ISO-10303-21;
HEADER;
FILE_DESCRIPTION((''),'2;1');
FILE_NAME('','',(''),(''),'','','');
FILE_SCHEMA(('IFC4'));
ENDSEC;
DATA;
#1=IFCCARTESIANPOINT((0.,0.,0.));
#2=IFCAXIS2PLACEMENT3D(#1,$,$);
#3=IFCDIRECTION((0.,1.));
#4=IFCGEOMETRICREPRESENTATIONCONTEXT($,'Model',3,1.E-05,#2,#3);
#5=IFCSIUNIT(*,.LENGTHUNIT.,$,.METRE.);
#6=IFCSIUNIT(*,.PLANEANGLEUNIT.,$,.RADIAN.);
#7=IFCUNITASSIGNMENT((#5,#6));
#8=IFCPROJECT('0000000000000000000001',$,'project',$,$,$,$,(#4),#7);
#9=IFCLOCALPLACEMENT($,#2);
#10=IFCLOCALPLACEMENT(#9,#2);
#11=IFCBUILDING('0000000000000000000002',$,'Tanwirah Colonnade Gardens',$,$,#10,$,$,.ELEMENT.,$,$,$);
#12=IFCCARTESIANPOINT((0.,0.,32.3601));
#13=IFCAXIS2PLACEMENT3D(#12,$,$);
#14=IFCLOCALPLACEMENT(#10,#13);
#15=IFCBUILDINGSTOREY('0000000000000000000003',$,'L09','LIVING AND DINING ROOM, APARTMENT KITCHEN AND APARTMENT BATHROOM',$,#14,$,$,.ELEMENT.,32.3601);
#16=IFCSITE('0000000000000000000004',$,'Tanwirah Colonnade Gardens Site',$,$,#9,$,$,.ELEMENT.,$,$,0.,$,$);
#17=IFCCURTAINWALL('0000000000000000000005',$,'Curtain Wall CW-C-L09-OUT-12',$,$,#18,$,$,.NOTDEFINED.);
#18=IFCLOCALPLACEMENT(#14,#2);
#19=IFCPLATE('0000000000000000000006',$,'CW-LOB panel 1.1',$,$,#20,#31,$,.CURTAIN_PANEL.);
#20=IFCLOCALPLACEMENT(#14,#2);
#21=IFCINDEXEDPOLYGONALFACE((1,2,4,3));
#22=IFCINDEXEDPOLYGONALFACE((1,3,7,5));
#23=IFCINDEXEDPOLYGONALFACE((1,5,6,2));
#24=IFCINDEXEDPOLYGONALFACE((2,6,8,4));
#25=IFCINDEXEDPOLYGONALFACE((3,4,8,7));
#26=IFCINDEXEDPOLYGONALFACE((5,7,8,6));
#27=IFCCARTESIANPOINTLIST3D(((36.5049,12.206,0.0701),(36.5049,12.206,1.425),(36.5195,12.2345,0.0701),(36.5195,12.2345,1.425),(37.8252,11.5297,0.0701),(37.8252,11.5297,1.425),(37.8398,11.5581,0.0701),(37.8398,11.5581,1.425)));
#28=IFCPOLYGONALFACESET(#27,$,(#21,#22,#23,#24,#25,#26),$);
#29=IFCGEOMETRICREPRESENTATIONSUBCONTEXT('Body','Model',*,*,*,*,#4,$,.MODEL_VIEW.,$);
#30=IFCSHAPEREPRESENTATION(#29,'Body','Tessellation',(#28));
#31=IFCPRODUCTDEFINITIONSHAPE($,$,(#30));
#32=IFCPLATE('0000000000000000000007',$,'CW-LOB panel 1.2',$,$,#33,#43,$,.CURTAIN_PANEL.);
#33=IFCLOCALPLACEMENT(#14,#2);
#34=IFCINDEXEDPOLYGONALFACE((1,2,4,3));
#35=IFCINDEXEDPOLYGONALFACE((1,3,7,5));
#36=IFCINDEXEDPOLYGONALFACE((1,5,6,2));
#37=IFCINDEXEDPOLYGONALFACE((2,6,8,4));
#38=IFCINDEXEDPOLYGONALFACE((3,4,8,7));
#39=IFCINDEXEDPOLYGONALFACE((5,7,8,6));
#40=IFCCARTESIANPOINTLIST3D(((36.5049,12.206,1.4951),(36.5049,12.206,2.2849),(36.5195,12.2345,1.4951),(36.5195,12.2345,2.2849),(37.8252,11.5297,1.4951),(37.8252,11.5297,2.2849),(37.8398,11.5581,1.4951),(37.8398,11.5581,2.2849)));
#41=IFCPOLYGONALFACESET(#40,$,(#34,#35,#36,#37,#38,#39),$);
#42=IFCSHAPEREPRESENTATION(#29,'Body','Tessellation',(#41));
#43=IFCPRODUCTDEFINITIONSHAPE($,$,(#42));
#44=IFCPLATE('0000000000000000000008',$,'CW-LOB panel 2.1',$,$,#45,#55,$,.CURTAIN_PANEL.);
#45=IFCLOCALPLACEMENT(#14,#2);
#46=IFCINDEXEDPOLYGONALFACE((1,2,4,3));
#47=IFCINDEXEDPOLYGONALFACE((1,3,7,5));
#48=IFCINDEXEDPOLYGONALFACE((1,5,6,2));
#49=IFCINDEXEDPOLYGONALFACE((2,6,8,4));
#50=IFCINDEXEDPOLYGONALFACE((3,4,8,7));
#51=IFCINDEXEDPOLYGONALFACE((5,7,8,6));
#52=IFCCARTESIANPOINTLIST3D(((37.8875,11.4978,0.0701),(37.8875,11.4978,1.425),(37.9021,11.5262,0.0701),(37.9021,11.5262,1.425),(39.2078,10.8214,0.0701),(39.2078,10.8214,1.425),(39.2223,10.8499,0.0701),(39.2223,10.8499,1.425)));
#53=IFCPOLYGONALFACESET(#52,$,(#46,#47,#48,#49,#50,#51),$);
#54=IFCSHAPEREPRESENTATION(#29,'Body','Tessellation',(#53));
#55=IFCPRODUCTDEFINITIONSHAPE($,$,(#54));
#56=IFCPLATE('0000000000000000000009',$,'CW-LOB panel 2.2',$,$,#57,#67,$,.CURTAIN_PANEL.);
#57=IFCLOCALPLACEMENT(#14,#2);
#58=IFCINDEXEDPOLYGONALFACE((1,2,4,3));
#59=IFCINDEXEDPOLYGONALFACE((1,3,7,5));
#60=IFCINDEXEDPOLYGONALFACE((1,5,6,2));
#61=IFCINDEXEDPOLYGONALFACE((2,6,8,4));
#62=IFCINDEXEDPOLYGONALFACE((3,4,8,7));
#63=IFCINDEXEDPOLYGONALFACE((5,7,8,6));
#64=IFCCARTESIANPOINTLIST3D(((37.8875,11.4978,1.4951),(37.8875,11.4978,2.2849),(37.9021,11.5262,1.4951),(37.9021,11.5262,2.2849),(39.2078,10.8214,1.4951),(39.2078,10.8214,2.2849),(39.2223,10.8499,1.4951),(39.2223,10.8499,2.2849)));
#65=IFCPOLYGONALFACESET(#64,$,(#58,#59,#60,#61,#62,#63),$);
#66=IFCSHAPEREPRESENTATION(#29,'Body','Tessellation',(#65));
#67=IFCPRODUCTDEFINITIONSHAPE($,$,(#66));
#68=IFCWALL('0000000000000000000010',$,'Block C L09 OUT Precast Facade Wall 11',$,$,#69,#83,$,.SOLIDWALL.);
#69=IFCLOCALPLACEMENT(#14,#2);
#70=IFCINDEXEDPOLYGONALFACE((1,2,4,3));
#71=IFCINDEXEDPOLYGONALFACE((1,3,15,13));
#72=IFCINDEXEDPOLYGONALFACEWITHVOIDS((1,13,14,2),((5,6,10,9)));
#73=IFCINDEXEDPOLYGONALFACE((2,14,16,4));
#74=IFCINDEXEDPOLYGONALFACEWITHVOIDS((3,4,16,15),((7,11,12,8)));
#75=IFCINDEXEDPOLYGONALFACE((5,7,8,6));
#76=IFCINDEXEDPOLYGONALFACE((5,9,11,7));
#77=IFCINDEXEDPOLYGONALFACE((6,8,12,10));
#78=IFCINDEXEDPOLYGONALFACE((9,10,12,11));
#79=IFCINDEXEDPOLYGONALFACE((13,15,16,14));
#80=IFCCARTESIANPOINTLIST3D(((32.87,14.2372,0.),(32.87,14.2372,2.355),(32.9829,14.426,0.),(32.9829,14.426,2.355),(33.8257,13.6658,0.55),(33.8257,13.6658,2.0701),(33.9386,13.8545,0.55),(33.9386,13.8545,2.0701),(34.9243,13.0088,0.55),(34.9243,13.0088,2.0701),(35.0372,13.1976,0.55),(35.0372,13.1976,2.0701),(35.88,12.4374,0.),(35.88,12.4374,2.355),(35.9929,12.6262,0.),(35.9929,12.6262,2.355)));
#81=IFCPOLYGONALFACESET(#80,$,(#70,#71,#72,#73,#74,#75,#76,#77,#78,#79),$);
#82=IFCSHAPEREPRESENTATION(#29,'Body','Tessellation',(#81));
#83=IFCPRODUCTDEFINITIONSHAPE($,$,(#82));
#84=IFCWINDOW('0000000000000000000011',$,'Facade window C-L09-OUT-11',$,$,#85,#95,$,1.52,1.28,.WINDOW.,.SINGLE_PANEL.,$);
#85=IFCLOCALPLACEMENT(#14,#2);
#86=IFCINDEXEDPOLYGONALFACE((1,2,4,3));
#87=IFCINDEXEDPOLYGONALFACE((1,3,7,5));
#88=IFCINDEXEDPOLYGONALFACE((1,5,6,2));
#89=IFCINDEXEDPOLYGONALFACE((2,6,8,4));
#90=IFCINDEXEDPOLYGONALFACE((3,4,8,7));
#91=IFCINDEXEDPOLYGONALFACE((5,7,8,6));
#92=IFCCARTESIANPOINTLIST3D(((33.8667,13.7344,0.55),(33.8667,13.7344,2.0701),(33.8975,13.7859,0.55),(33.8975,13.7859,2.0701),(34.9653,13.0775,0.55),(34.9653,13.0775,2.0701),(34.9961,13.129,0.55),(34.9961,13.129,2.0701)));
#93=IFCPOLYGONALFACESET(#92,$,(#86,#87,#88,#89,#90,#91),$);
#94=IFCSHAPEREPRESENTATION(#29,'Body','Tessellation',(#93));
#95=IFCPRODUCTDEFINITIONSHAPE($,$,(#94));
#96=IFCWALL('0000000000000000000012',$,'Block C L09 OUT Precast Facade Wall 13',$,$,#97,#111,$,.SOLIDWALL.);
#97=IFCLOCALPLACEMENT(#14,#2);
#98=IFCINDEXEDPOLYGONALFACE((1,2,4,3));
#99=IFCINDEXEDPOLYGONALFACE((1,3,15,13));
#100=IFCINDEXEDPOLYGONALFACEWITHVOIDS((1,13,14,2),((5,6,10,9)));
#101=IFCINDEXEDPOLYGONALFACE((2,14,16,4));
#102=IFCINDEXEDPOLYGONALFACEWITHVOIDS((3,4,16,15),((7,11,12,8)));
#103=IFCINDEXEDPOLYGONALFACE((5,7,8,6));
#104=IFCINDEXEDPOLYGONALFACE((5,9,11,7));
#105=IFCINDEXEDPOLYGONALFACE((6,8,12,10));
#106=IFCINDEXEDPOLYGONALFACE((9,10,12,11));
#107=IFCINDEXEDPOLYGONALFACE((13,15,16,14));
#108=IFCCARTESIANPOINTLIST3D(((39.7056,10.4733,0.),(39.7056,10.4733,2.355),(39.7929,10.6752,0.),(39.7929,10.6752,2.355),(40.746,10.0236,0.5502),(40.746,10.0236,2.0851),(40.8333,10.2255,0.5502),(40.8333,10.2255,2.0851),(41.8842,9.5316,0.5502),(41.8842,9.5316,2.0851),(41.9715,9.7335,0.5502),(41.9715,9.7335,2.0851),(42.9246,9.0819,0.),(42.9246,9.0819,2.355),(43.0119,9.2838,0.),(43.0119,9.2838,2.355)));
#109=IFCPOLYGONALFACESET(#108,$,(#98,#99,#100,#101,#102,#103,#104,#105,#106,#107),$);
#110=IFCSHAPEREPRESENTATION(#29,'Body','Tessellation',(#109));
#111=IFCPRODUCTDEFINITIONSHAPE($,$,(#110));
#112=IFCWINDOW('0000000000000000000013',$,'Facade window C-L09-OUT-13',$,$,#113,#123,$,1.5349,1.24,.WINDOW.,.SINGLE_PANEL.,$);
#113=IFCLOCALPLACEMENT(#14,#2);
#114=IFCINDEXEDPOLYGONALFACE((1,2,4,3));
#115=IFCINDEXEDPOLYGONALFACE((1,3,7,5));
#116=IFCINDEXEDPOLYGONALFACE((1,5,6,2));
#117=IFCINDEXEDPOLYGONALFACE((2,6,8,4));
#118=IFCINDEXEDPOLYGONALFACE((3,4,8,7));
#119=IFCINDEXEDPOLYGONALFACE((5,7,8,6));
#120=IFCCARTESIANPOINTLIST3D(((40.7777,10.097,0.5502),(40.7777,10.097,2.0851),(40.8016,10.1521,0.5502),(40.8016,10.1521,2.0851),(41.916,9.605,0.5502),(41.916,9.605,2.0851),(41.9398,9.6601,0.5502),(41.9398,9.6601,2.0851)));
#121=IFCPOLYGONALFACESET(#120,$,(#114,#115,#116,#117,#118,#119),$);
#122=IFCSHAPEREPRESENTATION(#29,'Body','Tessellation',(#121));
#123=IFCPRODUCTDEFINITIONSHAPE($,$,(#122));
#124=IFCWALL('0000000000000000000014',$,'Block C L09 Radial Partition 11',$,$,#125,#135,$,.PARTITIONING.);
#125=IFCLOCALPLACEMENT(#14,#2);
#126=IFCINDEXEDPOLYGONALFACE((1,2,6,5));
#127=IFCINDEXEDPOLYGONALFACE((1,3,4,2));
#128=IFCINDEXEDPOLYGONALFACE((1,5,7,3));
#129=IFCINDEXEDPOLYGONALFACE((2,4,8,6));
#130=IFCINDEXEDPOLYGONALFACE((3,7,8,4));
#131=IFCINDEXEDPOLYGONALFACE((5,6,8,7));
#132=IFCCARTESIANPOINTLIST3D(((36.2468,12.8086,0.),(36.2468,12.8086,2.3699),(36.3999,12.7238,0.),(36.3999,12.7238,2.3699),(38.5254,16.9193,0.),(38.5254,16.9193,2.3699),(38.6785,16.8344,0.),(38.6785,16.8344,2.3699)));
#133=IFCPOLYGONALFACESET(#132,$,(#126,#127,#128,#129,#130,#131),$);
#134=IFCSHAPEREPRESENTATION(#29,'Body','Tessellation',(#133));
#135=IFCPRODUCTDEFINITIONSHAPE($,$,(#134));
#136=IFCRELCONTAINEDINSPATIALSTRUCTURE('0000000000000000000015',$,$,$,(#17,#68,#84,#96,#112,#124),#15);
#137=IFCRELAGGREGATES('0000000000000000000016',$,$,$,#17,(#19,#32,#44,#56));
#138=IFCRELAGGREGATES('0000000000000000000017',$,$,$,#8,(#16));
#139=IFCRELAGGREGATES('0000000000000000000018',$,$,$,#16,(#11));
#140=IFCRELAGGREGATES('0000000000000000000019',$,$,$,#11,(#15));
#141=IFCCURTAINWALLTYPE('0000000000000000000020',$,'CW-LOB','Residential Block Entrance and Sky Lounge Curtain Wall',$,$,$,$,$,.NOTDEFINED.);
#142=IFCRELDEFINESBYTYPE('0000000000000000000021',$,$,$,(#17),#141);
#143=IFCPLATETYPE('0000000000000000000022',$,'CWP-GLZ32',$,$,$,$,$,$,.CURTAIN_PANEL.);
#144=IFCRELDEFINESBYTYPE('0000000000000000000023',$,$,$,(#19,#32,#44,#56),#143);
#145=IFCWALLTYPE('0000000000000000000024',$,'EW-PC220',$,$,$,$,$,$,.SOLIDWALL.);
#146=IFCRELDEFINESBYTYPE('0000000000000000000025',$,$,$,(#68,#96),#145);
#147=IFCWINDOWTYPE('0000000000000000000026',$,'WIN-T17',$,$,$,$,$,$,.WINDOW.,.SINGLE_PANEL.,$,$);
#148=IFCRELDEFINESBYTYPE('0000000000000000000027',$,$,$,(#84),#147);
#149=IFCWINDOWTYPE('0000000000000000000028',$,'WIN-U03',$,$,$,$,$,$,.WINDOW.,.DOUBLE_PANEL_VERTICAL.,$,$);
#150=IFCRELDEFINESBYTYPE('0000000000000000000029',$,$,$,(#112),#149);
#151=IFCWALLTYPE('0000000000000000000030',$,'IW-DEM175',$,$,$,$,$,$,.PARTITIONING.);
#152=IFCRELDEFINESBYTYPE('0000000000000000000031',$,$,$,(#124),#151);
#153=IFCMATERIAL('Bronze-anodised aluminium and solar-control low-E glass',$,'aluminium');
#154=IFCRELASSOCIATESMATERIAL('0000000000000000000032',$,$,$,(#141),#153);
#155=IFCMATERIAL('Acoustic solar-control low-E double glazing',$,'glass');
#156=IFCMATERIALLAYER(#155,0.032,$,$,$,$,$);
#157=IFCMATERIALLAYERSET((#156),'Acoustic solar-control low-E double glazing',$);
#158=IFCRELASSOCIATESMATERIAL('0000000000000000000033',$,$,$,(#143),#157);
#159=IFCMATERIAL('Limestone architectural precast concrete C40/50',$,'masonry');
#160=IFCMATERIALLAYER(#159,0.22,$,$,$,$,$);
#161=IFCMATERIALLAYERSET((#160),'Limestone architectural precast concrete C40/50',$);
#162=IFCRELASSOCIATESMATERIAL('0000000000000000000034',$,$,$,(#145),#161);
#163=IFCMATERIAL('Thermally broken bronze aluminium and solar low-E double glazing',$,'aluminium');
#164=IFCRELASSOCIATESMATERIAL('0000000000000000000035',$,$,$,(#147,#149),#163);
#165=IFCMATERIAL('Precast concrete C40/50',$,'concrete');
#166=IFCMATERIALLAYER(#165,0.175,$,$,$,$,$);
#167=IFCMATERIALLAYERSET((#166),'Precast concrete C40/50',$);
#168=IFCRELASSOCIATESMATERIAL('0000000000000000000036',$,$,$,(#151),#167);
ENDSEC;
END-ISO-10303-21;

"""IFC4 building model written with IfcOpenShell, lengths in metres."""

from ifc_helpers import new_model, si_unit, direction, frame, frame_2d, origin, origin_2d, place, context, subcontext, project, spatial, rectangle, extrude, material, layer, layer_set, type_object, element, fill, aggregate, save


model = new_model("IFC4")

# Units and contexts
model_context = context("Model", 3, precision=1e-05, world=origin(), true_north=direction((0.0, 1.0)))
body_context = subcontext(model_context, "Body", "Model", "MODEL_VIEW")
ifc_project = project(units=[si_unit("LENGTHUNIT", "METRE"), si_unit("PLANEANGLEUNIT", "RADIAN")], contexts=[model_context])

# Site, building, storey
site_placement = place(None, origin())
site = spatial("IfcSite", under=ifc_project, at=site_placement, Name="Tanwirah Colonnade Gardens Site", CompositionType="ELEMENT", RefElevation=0.0)
building_placement = place(site_placement, origin())
building = spatial("IfcBuilding", under=site, at=building_placement, Name="Tanwirah Colonnade Gardens", CompositionType="ELEMENT")
storey_placement = place(building_placement, frame((0.0, 0.0, 32.3601)))
storey = spatial("IfcBuildingStorey", under=building, at=storey_placement, Name="L09", Description="LIVING AND DINING ROOM, APARTMENT KITCHEN AND APARTMENT BATHROOM", CompositionType="ELEMENT", Elevation=32.3601)

# Shared definitions
ifc_material_1 = material(Name="Precast concrete C40/50", Category="concrete")

# Curtain wall
ifc_material_2 = material(Name="Bronze-anodised aluminium and solar-control low-E glass", Category="aluminium")
curtain_wall_type = type_object("IfcCurtainWallType", Name="CW-LOB", Description="Residential Block Entrance and Sky Lounge Curtain Wall", PredefinedType="NOTDEFINED", material=ifc_material_2)
curtain_wall_1_placement = place(storey_placement, origin())
curtain_wall_1 = element("IfcCurtainWall", 1, at=curtain_wall_1_placement, inside=storey, type_object=curtain_wall_type, Name="Curtain Wall CW-C-L09-OUT-12", PredefinedType="NOTDEFINED")

# Plates
ifc_material_3 = material(Name="Acoustic solar-control low-E double glazing", Category="glass")
ifc_layer_1 = layer(ifc_material_3, 0.032)
ifc_layer_set_1 = layer_set([ifc_layer_1], Name="Acoustic solar-control low-E double glazing")
plate_type = type_object("IfcPlateType", Name="CWP-GLZ32", PredefinedType="CURTAIN_PANEL", material=ifc_layer_set_1)
plate_1_placement = place(storey_placement, frame((37.1724, 11.8821, 0.0701), z_axis=(0.0, 0.0, 1.0), x_axis=(0.890014, -0.455933, 0.0)))
plate_1 = element("IfcPlate", 2, at=plate_1_placement, type_object=plate_type, Name="CW-LOB panel 1.1", PredefinedType="CURTAIN_PANEL", context=body_context, shape_type="SweptSolid", body=[
    extrude(rectangle(XDim=1.4834, YDim=0.032, at=origin_2d()), origin(), (0.0, 0.0, 1.0), 1.355),
])
plate_2_placement = place(storey_placement, frame((37.1724, 11.8821, 1.4951), z_axis=(0.0, 0.0, 1.0), x_axis=(0.890014, -0.455933, 0.0)))
plate_2 = element("IfcPlate", 3, at=plate_2_placement, type_object=plate_type, Name="CW-LOB panel 1.2", PredefinedType="CURTAIN_PANEL", context=body_context, shape_type="SweptSolid", body=[
    extrude(rectangle(XDim=1.4834, YDim=0.032, at=origin_2d()), origin(), (0.0, 0.0, 1.0), 0.7898),
])
plate_3_placement = place(storey_placement, frame((38.5549, 11.1738, 0.0701), z_axis=(0.0, 0.0, 1.0), x_axis=(0.890014, -0.455933, 0.0)))
plate_3 = element("IfcPlate", 4, at=plate_3_placement, type_object=plate_type, Name="CW-LOB panel 2.1", PredefinedType="CURTAIN_PANEL", context=body_context, shape_type="SweptSolid", body=[
    extrude(rectangle(XDim=1.4834, YDim=0.032, at=origin_2d()), origin(), (0.0, 0.0, 1.0), 1.355),
])
plate_4_placement = place(storey_placement, frame((38.5549, 11.1738, 1.4951), z_axis=(0.0, 0.0, 1.0), x_axis=(0.890014, -0.455933, 0.0)))
plate_4 = element("IfcPlate", 5, at=plate_4_placement, type_object=plate_type, Name="CW-LOB panel 2.2", PredefinedType="CURTAIN_PANEL", context=body_context, shape_type="SweptSolid", body=[
    extrude(rectangle(XDim=1.4834, YDim=0.032, at=origin_2d()), origin(), (0.0, 0.0, 1.0), 0.7898),
])
aggregate(curtain_wall_1, [plate_1, plate_2, plate_3, plate_4])

# Walls, openings, windows
ifc_material_4 = material(Name="Limestone architectural precast concrete C40/50", Category="masonry")
ifc_layer_2 = layer(ifc_material_4, 0.22)
ifc_layer_set_2 = layer_set([ifc_layer_2], Name="Limestone architectural precast concrete C40/50")
wall_type_1 = type_object("IfcWallType", Name="EW-PC220", PredefinedType="SOLIDWALL", material=ifc_layer_set_2)
wall_1_placement = place(storey_placement, frame((32.9265, 14.3315, 0.0), z_axis=(0.0, 0.0, 1.0), x_axis=(0.858272, -0.513195, 0.0)))
wall_1 = element("IfcWall", 6, at=wall_1_placement, inside=storey, type_object=wall_type_1, Name="Block C L09 OUT Precast Facade Wall 11", PredefinedType="SOLIDWALL", context=body_context, shape_type="SweptSolid", body=[
    extrude(rectangle(XDim=3.5071, YDim=0.22, at=frame_2d((1.7534, 0.0))), origin(), (0.0, 0.0, 1.0), 2.355),
])
opening_1_placement = place(wall_1_placement, frame((1.1133, 0.0, 0.55)))
opening_1 = element("IfcOpeningElement", 7, at=opening_1_placement, cuts=wall_1, PredefinedType="OPENING", context=body_context, shape_type="SweptSolid", body=[
    extrude(rectangle(XDim=1.28, YDim=1.52, at=frame_2d((0.6401, 0.76))), frame((0.0, 0.1199, 0.0), z_axis=(0.0, -1.0, 0.0), x_axis=(1.0, 0.0, 0.0)), (0.0, 0.0, 1.0), 0.24),
])
ifc_material_5 = material(Name="Thermally broken bronze aluminium and solar low-E double glazing", Category="aluminium")
window_type_1 = type_object("IfcWindowType", Name="WIN-T17", PartitioningType="SINGLE_PANEL", PredefinedType="WINDOW", material=ifc_material_5)
window_1_placement = place(opening_1_placement, origin())
window_1 = element("IfcWindow", 8, at=window_1_placement, inside=storey, type_object=window_type_1, Name="Facade window C-L09-OUT-11", OverallHeight=1.52, OverallWidth=1.28, PartitioningType="SINGLE_PANEL", PredefinedType="WINDOW", context=body_context, shape_type="SweptSolid", body=[
    extrude(rectangle(XDim=1.28, YDim=1.52, at=frame_2d((0.6401, 0.76))), frame((0.0, 0.03, 0.0), z_axis=(0.0, -1.0, 0.0), x_axis=(1.0, 0.0, 0.0)), (0.0, 0.0, 1.0), 0.0601),
])
fill(opening_1, window_1)
wall_2_placement = place(storey_placement, frame((39.7493, 10.5742, 0.0), z_axis=(0.0, 0.0, 1.0), x_axis=(0.917924, -0.396757, 0.0)))
wall_2 = element("IfcWall", 9, at=wall_2_placement, inside=storey, type_object=wall_type_1, Name="Block C L09 OUT Precast Facade Wall 13", PredefinedType="SOLIDWALL", context=body_context, shape_type="SweptSolid", body=[
    extrude(rectangle(XDim=3.5068, YDim=0.22, at=frame_2d((1.7534, 0.0))), origin(), (0.0, 0.0, 1.0), 2.355),
])
opening_2_placement = place(wall_2_placement, frame((1.1333, 0.0, 0.55)))
opening_2 = element("IfcOpeningElement", 10, at=opening_2_placement, cuts=wall_2, PredefinedType="OPENING", context=body_context, shape_type="SweptSolid", body=[
    extrude(rectangle(XDim=1.24, YDim=1.5349, at=frame_2d((0.6201, 0.7676))), frame((0.0, 0.1199, 0.0), z_axis=(0.0, -1.0, 0.0), x_axis=(1.0, 0.0, 0.0)), (0.0, 0.0, 1.0), 0.24),
])
window_type_2 = type_object("IfcWindowType", Name="WIN-U03", PartitioningType="DOUBLE_PANEL_VERTICAL", PredefinedType="WINDOW", material=ifc_material_5)
window_2_placement = place(opening_2_placement, origin())
window_2 = element("IfcWindow", 11, at=window_2_placement, inside=storey, type_object=window_type_2, Name="Facade window C-L09-OUT-13", OverallHeight=1.5349, OverallWidth=1.24, PartitioningType="SINGLE_PANEL", PredefinedType="WINDOW", context=body_context, shape_type="SweptSolid", body=[
    extrude(rectangle(XDim=1.24, YDim=1.5349, at=frame_2d((0.6201, 0.7676))), frame((0.0, 0.03, 0.0), z_axis=(0.0, -1.0, 0.0), x_axis=(1.0, 0.0, 0.0)), (0.0, 0.0, 1.0), 0.0601),
])
fill(opening_2, window_2)

# Wall
ifc_layer_3 = layer(ifc_material_1, 0.175)
ifc_layer_set_3 = layer_set([ifc_layer_3], Name="Precast concrete C40/50")
wall_type_2 = type_object("IfcWallType", Name="IW-DEM175", PredefinedType="PARTITIONING", material=ifc_layer_set_3)
wall_3_placement = place(storey_placement, frame((38.6021, 16.877, 0.0), z_axis=(0.0, 0.0, 1.0), x_axis=(-0.484814, -0.874618, 0.0)))
element("IfcWall", 12, at=wall_3_placement, inside=storey, type_object=wall_type_2, Name="Block C L09 Radial Partition 11", PredefinedType="PARTITIONING", context=body_context, shape_type="SweptSolid", body=[
    extrude(rectangle(XDim=4.7, YDim=0.175, at=frame_2d((2.3501, 0.0))), origin(), (0.0, 0.0, 1.0), 2.3699),
])

save(model, "model.ifc")
